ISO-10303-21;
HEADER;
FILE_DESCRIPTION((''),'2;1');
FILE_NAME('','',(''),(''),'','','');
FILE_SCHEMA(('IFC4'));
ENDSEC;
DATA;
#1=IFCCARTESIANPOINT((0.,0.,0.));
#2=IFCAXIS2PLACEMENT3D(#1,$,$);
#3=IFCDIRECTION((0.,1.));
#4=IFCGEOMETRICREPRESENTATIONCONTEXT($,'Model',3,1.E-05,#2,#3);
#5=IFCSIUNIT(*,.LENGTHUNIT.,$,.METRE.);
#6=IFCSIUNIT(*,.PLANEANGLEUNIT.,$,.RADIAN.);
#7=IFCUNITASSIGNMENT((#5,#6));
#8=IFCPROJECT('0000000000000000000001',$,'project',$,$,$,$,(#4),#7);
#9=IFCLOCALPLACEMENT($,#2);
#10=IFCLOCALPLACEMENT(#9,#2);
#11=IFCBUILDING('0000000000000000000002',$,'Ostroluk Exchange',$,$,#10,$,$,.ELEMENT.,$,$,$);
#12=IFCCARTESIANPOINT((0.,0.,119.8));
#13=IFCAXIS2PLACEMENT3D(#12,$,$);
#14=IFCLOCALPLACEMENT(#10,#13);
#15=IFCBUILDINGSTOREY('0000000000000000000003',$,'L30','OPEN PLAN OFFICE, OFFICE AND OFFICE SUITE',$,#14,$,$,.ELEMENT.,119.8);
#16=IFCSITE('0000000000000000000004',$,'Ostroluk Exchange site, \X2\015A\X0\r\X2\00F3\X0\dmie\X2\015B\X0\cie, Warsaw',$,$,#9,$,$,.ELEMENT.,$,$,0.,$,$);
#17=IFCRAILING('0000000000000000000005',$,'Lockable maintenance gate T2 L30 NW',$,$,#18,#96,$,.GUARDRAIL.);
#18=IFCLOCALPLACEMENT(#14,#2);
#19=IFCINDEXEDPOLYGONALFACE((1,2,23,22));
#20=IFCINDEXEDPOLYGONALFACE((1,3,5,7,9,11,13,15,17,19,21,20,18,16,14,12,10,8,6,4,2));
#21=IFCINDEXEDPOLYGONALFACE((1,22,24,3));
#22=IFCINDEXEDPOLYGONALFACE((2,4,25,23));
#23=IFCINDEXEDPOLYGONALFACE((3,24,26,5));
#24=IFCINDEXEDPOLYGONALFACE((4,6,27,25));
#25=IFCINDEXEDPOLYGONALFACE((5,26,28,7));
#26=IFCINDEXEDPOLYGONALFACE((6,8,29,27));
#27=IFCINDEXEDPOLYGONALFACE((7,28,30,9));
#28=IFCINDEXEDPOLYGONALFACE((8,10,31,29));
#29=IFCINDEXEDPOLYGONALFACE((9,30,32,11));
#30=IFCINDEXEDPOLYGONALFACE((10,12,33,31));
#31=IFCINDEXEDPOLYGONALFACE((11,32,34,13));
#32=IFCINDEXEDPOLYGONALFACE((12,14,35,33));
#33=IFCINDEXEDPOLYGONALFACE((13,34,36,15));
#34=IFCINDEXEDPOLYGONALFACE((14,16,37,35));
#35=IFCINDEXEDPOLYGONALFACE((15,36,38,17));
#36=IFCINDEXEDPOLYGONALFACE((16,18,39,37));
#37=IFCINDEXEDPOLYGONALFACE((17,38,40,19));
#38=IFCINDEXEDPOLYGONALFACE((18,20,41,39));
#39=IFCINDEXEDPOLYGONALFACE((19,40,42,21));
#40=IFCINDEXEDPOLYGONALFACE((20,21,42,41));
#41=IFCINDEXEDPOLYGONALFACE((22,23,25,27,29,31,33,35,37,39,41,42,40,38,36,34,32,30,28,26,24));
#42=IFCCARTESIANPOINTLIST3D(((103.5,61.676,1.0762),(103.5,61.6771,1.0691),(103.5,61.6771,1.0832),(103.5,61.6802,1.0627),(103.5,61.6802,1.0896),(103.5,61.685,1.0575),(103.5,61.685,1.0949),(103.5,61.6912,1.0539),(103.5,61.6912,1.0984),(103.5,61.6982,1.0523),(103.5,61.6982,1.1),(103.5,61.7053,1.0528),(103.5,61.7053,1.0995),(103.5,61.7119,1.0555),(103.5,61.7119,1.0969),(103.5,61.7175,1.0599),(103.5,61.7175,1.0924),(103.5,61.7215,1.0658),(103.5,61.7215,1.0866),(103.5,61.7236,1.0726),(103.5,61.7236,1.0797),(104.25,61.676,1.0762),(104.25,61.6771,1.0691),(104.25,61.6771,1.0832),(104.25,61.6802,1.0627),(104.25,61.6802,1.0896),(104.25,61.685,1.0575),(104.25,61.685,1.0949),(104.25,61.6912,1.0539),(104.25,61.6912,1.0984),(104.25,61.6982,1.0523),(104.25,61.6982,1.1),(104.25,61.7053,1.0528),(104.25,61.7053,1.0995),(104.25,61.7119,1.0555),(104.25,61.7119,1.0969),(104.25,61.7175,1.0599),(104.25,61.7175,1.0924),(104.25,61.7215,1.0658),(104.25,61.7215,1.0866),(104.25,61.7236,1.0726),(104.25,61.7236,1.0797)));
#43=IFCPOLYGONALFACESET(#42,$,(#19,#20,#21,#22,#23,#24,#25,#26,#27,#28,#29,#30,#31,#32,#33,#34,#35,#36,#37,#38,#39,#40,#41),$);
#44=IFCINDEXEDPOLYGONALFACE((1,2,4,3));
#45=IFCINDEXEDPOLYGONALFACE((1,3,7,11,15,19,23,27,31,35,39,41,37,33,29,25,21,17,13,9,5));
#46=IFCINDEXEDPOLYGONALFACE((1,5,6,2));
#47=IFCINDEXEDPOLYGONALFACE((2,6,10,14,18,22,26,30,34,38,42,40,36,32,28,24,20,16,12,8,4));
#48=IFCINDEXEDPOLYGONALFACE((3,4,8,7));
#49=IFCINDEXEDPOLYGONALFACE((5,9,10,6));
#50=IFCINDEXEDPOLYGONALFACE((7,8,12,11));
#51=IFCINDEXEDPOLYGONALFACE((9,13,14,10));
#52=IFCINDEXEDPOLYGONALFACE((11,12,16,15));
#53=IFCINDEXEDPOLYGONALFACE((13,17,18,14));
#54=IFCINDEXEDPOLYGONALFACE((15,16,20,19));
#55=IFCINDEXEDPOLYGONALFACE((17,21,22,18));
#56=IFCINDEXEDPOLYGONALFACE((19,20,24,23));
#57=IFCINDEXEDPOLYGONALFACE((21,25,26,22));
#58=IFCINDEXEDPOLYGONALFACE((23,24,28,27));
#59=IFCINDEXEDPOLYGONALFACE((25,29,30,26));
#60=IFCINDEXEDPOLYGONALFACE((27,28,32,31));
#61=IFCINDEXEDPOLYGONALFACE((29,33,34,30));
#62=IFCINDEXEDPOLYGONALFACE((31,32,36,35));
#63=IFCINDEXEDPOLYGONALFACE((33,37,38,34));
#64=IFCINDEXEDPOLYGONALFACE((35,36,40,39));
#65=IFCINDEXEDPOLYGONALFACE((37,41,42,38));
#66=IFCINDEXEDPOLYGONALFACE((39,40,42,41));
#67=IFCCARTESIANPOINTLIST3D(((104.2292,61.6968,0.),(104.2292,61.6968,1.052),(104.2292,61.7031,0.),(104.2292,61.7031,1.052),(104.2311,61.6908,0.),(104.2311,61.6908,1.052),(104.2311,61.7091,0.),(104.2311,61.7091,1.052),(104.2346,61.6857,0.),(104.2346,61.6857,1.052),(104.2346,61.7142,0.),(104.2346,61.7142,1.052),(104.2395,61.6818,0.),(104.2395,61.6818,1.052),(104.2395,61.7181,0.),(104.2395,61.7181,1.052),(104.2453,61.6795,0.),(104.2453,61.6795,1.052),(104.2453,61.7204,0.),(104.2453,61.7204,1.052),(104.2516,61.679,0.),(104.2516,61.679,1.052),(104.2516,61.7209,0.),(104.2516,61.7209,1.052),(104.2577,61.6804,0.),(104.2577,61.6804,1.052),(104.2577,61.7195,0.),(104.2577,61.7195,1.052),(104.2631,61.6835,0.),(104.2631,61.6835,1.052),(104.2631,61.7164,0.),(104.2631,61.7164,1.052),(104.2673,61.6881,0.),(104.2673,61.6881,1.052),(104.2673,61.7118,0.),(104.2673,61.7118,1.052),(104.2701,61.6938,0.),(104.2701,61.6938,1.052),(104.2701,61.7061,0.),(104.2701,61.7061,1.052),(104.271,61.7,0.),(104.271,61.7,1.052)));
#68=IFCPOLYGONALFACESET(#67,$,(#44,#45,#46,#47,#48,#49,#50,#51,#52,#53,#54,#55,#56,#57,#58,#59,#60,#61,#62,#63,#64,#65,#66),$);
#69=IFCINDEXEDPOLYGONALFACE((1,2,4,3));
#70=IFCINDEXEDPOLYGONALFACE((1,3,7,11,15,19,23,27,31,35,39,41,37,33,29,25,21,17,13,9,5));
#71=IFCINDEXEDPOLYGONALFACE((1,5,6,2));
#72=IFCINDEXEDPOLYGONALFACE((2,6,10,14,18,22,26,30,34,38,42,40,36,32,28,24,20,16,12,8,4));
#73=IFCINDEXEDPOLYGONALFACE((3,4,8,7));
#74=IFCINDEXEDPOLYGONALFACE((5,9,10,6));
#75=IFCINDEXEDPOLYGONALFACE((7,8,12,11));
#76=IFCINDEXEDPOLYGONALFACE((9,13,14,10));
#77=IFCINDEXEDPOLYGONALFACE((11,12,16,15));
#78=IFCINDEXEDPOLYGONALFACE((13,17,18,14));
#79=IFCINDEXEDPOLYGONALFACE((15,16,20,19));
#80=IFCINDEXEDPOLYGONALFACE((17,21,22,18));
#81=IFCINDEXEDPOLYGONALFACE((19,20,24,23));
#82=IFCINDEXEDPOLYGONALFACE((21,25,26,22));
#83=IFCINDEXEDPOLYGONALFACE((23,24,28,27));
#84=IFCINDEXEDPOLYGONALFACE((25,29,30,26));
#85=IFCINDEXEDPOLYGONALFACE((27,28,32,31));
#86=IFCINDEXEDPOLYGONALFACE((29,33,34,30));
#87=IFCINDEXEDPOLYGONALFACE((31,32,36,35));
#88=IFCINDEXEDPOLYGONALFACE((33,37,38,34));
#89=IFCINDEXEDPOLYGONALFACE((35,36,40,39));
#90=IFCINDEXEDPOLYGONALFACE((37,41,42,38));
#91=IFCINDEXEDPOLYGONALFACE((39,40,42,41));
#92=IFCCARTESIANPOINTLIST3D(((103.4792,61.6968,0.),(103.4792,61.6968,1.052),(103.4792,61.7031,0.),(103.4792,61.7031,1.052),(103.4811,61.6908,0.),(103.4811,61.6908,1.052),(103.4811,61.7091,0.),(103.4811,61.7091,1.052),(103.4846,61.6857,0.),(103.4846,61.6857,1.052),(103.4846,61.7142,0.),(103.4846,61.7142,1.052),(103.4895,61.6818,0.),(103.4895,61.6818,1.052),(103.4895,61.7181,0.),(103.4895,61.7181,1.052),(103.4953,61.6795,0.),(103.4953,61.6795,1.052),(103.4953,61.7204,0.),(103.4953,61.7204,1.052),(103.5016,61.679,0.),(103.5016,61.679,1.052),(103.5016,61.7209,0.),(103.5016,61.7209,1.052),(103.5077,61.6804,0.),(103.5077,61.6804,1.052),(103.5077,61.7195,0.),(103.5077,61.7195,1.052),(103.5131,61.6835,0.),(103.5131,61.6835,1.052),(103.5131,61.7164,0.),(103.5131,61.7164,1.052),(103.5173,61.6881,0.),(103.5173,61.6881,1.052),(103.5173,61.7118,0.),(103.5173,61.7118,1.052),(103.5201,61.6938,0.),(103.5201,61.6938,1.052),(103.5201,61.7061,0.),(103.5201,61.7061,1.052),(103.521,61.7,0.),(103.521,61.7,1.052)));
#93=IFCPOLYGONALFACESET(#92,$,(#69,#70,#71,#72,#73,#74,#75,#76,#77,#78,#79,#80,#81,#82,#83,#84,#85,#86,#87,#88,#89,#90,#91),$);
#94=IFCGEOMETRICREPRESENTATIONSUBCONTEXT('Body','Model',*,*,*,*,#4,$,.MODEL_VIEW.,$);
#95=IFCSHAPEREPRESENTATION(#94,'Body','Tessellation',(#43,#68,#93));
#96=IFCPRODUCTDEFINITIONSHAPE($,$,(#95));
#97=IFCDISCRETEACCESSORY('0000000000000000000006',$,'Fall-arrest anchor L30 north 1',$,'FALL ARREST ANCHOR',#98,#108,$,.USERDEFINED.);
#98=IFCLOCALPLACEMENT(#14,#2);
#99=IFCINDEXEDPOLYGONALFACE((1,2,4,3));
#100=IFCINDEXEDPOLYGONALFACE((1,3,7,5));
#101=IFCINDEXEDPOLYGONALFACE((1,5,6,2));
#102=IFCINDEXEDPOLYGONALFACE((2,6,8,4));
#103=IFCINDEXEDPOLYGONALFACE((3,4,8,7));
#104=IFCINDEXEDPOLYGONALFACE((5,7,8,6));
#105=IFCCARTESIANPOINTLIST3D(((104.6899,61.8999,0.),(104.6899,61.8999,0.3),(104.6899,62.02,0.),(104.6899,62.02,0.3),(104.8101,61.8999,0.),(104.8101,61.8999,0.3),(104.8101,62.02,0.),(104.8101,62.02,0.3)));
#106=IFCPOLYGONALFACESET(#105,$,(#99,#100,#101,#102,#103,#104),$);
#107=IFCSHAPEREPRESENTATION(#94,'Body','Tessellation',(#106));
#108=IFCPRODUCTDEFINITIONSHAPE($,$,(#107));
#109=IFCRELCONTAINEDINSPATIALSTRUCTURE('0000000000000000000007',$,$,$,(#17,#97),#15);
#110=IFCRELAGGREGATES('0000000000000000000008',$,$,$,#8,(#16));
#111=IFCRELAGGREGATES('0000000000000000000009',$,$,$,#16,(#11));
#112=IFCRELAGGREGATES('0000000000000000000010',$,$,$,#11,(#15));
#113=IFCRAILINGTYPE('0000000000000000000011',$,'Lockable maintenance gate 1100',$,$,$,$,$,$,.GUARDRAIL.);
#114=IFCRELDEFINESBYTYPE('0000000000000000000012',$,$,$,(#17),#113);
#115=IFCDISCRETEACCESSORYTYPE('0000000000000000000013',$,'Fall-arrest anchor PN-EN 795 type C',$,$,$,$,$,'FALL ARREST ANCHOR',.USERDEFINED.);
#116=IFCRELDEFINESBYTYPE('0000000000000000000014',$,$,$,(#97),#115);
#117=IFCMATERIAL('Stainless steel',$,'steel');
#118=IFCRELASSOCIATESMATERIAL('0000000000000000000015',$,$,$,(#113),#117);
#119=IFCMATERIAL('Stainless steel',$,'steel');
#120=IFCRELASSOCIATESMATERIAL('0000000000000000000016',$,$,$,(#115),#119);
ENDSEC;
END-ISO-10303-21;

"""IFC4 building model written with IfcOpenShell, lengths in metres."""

from ifc_helpers import new_model, si_unit, direction, frame, origin, origin_2d, place, context, subcontext, project, spatial, rectangle, circle, extrude, material, type_object, element, save


model = new_model("IFC4")

# Units and contexts
model_context = context("Model", 3, precision=1e-05, world=origin(), true_north=direction((0.0, 1.0)))
body_context = subcontext(model_context, "Body", "Model", "MODEL_VIEW")
ifc_project = project(units=[si_unit("LENGTHUNIT", "METRE"), si_unit("PLANEANGLEUNIT", "RADIAN")], contexts=[model_context])

# Site, building, storey
site_placement = place(None, origin())
site = spatial("IfcSite", under=ifc_project, at=site_placement, Name="Ostroluk Exchange site, Śródmieście, Warsaw", CompositionType="ELEMENT", RefElevation=0.0)
building_placement = place(site_placement, origin())
building = spatial("IfcBuilding", under=site, at=building_placement, Name="Ostroluk Exchange", CompositionType="ELEMENT")
storey_placement = place(building_placement, frame((0.0, 0.0, 119.8)))
storey = spatial("IfcBuildingStorey", under=building, at=storey_placement, Name="L30", Description="OPEN PLAN OFFICE, OFFICE AND OFFICE SUITE", CompositionType="ELEMENT", Elevation=119.8)

# Railing
ifc_material_1 = material(Name="Stainless steel", Category="steel")
railing_type_1 = type_object("IfcRailingType", Name="Lockable maintenance gate 1100", PredefinedType="GUARDRAIL", material=ifc_material_1)
railing_1_placement = place(storey_placement, frame((104.25, 61.7, 0.0)))
element("IfcRailing", 1, at=railing_1_placement, inside=storey, type_object=railing_type_1, Name="Lockable maintenance gate T2 L30 NW", PredefinedType="GUARDRAIL", context=body_context, shape_type="SweptSolid", body=[
    extrude(circle(Radius=0.0239, at=origin_2d()), frame((0.0, 0.0, 1.0762), z_axis=(-1.0, 0.0, 0.0), x_axis=(0.0, -1.0, 0.0)), (0.0, 0.0, 1.0), 0.75),
    extrude(circle(Radius=0.021, at=origin_2d()), origin(), (0.0, 0.0, 1.0), 1.052),
    extrude(circle(Radius=0.021, at=origin_2d()), frame((-0.75, 0.0, 0.0)), (0.0, 0.0, 1.0), 1.052),
])

# Discrete accessory
ifc_material_2 = material(Name="Stainless steel", Category="steel")
discrete_accessory_type = type_object("IfcDiscreteAccessoryType", Name="Fall-arrest anchor PN-EN 795 type C", ElementType="FALL ARREST ANCHOR", PredefinedType="USERDEFINED", material=ifc_material_2)
discrete_accessory_placement = place(storey_placement, frame((104.75, 61.96, 0.0), z_axis=(0.0, 0.0, 1.0), x_axis=(1.0, 0.0, 0.0)))
element("IfcDiscreteAccessory", 2, at=discrete_accessory_placement, inside=storey, type_object=discrete_accessory_type, Name="Fall-arrest anchor L30 north 1", ObjectType="FALL ARREST ANCHOR", PredefinedType="USERDEFINED", context=body_context, shape_type="SweptSolid", body=[
    extrude(rectangle(XDim=0.1201, YDim=0.1201, at=origin_2d()), origin(), (0.0, 0.0, 1.0), 0.3),
])

save(model, "model.ifc")
